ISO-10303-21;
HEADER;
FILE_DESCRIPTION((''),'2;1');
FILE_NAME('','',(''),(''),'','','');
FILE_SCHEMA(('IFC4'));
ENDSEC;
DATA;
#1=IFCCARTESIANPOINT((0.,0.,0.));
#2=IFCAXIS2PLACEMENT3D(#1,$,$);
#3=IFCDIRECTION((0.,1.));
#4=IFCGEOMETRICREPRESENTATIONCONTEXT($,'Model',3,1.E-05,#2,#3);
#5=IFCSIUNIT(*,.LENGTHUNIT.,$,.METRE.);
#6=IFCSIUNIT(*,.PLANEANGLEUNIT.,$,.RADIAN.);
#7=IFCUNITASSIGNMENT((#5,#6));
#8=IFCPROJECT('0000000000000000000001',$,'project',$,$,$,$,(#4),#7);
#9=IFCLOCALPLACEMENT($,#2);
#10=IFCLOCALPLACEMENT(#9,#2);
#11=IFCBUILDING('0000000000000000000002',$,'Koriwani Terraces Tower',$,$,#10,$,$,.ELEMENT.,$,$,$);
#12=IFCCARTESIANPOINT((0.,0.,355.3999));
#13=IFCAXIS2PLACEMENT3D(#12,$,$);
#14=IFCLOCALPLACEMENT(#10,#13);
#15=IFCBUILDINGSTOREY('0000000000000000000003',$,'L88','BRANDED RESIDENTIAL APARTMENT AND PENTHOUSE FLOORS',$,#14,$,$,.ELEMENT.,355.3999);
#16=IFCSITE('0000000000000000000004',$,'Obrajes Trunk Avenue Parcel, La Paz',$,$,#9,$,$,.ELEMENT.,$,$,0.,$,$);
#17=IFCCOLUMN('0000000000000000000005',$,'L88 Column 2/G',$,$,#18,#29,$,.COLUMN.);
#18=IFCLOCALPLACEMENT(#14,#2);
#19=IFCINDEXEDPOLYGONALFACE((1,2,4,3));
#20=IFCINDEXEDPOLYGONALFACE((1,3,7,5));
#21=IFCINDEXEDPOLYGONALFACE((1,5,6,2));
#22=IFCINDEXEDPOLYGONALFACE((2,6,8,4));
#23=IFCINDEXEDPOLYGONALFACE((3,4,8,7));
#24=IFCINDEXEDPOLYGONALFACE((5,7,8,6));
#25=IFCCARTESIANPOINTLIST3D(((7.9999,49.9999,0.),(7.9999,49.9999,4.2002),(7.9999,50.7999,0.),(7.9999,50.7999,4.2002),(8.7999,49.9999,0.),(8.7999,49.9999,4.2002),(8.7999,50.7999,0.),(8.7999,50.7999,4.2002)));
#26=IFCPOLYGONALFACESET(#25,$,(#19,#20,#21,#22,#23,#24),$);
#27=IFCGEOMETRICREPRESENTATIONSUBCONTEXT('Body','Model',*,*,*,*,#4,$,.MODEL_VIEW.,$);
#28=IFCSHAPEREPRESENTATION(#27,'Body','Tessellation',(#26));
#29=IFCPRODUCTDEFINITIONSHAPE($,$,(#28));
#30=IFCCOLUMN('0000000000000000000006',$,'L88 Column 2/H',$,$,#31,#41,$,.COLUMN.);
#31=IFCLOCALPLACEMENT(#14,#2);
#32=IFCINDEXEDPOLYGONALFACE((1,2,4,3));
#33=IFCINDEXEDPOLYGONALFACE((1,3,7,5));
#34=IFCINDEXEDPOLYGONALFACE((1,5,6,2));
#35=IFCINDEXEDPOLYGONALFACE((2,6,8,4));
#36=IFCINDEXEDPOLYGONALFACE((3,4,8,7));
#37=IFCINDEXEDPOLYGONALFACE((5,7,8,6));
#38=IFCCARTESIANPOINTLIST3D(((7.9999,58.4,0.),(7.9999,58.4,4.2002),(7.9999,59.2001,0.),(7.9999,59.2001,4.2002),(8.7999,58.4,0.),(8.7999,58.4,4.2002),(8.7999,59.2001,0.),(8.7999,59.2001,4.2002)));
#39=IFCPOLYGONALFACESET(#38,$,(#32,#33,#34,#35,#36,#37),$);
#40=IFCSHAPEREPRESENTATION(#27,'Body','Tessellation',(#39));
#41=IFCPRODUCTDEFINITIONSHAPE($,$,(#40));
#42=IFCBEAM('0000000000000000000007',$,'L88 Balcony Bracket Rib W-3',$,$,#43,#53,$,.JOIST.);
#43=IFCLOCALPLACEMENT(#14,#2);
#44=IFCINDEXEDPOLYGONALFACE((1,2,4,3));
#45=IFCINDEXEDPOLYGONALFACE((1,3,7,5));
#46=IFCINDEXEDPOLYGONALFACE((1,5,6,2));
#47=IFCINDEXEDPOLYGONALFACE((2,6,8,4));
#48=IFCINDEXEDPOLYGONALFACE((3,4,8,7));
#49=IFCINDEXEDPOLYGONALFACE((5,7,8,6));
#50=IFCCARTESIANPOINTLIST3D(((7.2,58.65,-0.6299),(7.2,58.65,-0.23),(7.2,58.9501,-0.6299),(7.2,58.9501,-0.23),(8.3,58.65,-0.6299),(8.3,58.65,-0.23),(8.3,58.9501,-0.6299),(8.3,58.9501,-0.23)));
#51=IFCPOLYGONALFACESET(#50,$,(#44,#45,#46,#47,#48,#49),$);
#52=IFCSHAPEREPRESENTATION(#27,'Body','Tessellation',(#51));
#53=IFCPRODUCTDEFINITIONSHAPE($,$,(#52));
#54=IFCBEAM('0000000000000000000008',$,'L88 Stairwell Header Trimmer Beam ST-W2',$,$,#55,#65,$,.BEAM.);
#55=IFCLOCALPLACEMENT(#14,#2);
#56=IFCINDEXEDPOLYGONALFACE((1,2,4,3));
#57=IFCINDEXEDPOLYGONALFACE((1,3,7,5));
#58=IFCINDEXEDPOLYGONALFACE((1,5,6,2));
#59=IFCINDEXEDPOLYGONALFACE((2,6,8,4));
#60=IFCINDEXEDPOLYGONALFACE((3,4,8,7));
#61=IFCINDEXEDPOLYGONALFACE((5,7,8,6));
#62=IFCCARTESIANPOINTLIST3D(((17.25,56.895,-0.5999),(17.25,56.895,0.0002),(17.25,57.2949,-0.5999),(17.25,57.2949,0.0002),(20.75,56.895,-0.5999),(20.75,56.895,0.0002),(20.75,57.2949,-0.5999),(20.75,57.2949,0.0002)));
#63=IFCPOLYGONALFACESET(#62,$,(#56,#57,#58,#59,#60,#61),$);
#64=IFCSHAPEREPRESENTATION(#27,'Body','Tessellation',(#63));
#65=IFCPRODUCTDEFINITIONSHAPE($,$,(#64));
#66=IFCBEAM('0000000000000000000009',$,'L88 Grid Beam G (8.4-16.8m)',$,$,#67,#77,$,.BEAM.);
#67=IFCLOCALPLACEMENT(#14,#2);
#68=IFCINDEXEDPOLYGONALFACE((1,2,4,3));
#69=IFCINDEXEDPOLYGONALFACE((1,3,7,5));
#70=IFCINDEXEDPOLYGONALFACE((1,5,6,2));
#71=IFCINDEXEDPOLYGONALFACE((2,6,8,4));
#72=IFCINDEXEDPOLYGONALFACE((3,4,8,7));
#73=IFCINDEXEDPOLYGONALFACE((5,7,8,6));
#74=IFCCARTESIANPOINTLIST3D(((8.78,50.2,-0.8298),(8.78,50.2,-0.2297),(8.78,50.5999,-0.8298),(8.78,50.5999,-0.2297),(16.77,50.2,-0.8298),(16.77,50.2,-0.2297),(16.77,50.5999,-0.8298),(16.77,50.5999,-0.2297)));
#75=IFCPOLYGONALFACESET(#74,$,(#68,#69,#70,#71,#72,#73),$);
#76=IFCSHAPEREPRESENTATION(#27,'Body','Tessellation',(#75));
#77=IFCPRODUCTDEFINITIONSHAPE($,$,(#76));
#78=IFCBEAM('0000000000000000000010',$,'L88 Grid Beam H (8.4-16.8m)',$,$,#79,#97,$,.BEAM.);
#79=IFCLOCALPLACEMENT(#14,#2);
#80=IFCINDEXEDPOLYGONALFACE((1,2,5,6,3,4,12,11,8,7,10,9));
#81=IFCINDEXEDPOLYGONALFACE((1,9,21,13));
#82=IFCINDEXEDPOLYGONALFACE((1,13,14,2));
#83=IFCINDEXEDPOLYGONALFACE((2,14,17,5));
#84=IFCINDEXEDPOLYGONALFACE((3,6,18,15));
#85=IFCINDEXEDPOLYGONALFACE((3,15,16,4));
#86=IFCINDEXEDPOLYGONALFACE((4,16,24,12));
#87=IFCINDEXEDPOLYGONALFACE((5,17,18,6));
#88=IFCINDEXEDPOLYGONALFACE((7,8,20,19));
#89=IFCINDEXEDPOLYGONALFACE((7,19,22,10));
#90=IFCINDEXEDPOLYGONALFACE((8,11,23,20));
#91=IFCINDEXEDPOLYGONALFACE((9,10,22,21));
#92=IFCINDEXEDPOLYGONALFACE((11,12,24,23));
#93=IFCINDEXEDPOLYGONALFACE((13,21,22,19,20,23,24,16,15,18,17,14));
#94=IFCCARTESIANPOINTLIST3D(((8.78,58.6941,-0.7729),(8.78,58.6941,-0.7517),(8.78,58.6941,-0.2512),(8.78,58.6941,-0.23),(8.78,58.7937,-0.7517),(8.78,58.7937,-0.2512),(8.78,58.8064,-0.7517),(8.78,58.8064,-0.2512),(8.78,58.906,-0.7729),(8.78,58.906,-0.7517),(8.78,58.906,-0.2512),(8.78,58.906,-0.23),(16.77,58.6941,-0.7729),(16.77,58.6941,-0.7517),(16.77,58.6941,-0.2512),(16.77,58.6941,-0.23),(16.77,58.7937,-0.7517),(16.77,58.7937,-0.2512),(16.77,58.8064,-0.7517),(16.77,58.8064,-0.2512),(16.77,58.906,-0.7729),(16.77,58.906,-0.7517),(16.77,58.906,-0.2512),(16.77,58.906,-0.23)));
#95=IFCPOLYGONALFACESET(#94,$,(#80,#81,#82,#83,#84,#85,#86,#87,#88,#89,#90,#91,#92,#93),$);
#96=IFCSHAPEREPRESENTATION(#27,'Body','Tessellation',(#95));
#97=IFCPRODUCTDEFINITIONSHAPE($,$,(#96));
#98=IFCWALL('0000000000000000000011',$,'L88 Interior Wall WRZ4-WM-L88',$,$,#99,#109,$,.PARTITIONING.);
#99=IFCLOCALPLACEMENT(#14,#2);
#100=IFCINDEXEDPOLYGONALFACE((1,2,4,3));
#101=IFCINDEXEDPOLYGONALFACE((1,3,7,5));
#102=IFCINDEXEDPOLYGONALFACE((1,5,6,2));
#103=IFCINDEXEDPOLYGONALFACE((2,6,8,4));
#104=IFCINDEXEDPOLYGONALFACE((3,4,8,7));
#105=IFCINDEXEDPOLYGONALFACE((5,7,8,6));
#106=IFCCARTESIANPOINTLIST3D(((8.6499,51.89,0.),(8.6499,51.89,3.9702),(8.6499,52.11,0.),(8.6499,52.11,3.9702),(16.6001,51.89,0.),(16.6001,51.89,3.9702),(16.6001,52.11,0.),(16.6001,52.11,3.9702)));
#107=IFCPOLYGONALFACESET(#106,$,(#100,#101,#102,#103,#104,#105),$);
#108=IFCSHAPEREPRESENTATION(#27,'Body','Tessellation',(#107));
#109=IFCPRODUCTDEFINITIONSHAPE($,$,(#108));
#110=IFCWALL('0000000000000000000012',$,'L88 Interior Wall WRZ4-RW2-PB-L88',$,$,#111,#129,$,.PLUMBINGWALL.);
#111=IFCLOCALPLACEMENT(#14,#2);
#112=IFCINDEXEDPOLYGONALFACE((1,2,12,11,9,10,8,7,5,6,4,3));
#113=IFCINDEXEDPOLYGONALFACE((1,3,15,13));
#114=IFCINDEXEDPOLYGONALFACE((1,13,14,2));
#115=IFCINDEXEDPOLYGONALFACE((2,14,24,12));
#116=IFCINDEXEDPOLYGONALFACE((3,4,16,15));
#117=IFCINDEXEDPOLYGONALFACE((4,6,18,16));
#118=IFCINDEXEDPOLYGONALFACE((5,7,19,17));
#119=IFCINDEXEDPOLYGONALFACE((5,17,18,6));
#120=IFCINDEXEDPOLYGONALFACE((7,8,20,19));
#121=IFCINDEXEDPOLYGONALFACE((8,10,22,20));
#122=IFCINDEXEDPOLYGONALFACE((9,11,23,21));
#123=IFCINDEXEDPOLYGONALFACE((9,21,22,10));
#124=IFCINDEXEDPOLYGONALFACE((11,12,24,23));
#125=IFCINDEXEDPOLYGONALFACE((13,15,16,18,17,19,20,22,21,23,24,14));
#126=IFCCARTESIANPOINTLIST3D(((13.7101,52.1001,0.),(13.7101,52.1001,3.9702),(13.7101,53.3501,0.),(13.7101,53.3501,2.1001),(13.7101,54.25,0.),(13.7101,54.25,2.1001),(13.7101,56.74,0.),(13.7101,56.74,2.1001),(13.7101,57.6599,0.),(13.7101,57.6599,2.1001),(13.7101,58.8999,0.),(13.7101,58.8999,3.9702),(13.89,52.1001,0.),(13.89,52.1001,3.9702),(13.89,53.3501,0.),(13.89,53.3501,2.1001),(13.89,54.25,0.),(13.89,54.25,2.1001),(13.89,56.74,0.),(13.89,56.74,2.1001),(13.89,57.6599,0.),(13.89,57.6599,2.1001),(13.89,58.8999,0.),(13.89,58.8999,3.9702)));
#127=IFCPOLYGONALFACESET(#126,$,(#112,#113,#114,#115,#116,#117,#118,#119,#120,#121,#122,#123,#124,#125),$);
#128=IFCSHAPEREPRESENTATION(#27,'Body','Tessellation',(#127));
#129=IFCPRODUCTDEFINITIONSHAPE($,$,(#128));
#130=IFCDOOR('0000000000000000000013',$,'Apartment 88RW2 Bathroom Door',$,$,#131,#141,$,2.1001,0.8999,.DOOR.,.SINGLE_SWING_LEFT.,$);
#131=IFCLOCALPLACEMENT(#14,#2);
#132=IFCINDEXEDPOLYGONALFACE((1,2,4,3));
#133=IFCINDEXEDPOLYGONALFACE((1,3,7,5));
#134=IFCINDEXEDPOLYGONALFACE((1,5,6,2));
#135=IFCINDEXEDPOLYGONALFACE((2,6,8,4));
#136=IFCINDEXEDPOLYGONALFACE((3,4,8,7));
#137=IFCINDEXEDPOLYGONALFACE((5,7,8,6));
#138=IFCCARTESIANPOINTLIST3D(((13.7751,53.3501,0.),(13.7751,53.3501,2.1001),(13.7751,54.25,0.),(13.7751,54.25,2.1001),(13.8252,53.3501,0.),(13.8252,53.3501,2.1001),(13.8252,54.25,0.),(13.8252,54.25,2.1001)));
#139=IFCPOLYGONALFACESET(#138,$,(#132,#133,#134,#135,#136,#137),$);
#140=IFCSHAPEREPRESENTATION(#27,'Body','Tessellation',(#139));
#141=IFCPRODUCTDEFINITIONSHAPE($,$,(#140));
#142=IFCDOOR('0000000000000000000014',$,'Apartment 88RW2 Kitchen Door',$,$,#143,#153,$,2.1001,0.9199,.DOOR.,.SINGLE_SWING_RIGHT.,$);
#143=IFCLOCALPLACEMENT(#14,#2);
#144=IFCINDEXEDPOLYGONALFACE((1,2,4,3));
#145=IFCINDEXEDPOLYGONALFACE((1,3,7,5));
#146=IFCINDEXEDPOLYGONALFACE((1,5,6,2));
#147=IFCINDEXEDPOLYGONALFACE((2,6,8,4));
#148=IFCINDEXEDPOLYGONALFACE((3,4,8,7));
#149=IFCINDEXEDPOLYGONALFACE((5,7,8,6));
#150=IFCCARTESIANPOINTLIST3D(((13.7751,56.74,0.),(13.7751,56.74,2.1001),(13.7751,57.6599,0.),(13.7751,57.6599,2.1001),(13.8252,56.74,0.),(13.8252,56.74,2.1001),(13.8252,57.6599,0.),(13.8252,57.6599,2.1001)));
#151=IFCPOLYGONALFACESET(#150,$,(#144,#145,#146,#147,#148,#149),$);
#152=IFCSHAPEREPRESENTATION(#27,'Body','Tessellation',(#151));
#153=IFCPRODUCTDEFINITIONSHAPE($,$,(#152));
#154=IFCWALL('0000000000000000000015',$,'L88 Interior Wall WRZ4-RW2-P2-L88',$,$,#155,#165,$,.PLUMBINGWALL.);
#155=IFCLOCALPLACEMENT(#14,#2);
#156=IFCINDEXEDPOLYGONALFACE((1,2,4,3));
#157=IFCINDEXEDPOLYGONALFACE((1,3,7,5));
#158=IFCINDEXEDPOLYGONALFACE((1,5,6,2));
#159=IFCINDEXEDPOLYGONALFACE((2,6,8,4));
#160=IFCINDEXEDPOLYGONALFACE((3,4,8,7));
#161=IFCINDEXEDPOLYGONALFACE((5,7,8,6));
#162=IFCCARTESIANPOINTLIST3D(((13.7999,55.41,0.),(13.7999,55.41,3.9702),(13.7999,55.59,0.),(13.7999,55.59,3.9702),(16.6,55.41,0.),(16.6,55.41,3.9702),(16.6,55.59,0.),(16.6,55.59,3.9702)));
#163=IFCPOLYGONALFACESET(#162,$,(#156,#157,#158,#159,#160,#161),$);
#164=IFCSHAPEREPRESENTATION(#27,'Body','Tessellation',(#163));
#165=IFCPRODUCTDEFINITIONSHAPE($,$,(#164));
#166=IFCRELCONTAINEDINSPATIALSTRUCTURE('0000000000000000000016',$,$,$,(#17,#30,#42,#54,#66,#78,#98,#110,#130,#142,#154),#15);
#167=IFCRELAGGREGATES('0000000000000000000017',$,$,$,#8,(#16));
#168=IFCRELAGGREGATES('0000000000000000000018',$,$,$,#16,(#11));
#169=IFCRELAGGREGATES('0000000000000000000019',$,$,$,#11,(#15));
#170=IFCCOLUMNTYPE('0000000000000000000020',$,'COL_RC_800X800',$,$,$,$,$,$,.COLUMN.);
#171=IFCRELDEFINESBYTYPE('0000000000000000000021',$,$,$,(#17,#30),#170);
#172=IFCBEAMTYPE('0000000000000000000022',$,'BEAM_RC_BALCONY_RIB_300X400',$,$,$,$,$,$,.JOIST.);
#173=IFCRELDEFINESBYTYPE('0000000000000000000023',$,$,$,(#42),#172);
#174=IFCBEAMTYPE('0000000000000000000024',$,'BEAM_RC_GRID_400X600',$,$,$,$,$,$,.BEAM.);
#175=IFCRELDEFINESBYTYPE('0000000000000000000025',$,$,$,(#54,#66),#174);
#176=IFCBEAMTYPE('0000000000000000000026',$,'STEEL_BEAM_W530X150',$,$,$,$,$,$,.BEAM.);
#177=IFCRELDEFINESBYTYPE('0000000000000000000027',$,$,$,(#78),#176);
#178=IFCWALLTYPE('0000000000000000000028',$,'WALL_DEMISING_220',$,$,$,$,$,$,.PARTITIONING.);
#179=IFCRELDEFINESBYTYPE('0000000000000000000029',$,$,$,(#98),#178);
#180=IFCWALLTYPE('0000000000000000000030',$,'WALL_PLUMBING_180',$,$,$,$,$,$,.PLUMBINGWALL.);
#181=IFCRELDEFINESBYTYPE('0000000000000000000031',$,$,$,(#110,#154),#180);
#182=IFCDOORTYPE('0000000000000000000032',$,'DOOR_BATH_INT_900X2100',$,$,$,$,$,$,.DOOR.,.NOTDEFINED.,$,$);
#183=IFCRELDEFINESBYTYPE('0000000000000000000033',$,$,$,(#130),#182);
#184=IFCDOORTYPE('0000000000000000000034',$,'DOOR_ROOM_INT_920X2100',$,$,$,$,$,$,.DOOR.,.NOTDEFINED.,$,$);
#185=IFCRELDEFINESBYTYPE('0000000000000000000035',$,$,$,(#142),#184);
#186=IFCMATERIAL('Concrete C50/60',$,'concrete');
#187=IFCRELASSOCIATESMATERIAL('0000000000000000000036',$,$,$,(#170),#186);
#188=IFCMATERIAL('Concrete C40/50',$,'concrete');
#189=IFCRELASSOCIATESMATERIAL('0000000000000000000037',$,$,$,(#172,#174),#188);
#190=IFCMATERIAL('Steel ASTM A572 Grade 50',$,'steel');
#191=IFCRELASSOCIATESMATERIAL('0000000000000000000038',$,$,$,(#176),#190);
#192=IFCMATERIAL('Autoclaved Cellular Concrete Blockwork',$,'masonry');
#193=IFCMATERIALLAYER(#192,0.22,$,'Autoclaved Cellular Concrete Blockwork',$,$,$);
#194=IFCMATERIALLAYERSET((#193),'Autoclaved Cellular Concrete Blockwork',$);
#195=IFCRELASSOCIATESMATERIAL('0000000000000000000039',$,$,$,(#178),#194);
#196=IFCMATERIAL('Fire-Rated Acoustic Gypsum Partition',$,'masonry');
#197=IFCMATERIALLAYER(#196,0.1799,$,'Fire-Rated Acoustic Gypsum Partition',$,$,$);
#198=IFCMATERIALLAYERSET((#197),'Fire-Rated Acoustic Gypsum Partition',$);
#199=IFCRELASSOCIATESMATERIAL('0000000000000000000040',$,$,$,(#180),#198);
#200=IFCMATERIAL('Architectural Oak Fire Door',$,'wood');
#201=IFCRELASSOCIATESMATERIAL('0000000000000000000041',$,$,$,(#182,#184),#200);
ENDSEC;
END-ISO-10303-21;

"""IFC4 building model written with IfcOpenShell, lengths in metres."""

from ifc_helpers import new_model, si_unit, direction, frame, frame_2d, origin, origin_2d, place, context, subcontext, project, spatial, rectangle, i_section, extrude, material, layer, layer_set, material_profile, profile_set, type_object, element, fill, save


model = new_model("IFC4")

# Units and contexts
model_context = context("Model", 3, precision=1e-05, world=origin(), true_north=direction((0.0, 1.0)))
body_context = subcontext(model_context, "Body", "Model", "MODEL_VIEW")
ifc_project = project(units=[si_unit("LENGTHUNIT", "METRE"), si_unit("PLANEANGLEUNIT", "RADIAN")], contexts=[model_context])

# Site, building, storey
site_placement = place(None, origin())
site = spatial("IfcSite", under=ifc_project, at=site_placement, Name="Obrajes Trunk Avenue Parcel, La Paz", CompositionType="ELEMENT", RefElevation=0.0)
building_placement = place(site_placement, origin())
building = spatial("IfcBuilding", under=site, at=building_placement, Name="Koriwani Terraces Tower", CompositionType="ELEMENT")
storey_placement = place(building_placement, frame((0.0, 0.0, 355.3999)))
storey = spatial("IfcBuildingStorey", under=building, at=storey_placement, Name="L88", Description="BRANDED RESIDENTIAL APARTMENT AND PENTHOUSE FLOORS", CompositionType="ELEMENT", Elevation=355.3999)

# Columns
ifc_material_1 = material(Name="Concrete C50/60", Category="concrete")
ifc_material_profile_1 = material_profile(ifc_material_1, rectangle(XDim=0.8, YDim=0.8, at=origin_2d()), Name="Concrete C50/60", Category="LoadBearing")
ifc_profile_set_1 = profile_set([ifc_material_profile_1], Name="Concrete C50/60")
column_type = type_object("IfcColumnType", Name="COL_RC_800X800", PredefinedType="COLUMN", material=ifc_profile_set_1)
for number, where, z_axis, x_axis, name in (
    (1, (8.3999, 50.3999, 0.0), (0.0, 0.0, 1.0), (1.0, 0.0, 0.0), "L88 Column 2/G"),
    (2, (8.3999, 58.8, 0.0), (0.0, 0.0, 1.0), (1.0, 0.0, 0.0), "L88 Column 2/H"),
):
    element("IfcColumn", number, at=place(storey_placement, frame(where, z_axis=z_axis, x_axis=x_axis)), inside=storey, type_object=column_type, Name=name, PredefinedType="COLUMN", context=body_context, shape_type="SweptSolid", body=[
        extrude(rectangle(XDim=0.8, YDim=0.8, at=origin_2d()), origin(), (0.0, 0.0, 1.0), 4.2002),
    ])

# Beams
ifc_material_2 = material(Name="Concrete C40/50", Category="concrete")
ifc_material_profile_2 = material_profile(ifc_material_2, rectangle(XDim=0.3, YDim=0.3999, at=origin_2d()), Name="Concrete C40/50", Category="LoadBearing")
ifc_profile_set_2 = profile_set([ifc_material_profile_2], Name="Concrete C40/50")
beam_type_1 = type_object("IfcBeamType", Name="BEAM_RC_BALCONY_RIB_300X400", PredefinedType="JOIST", material=ifc_profile_set_2)
beam_1_placement = place(storey_placement, frame((7.2, 58.8, -0.4299), z_axis=(1.0, 0.0, 0.0), x_axis=(0.0, 1.0, 0.0)))
element("IfcBeam", 3, at=beam_1_placement, inside=storey, type_object=beam_type_1, Name="L88 Balcony Bracket Rib W-3", PredefinedType="JOIST", context=body_context, shape_type="SweptSolid", body=[
    extrude(rectangle(XDim=0.3, YDim=0.3999, at=origin_2d()), origin(), (0.0, 0.0, 1.0), 1.1001),
])
ifc_material_profile_3 = material_profile(ifc_material_2, rectangle(XDim=0.3999, YDim=0.6001, at=origin_2d()), Name="Concrete C40/50", Category="LoadBearing")
ifc_profile_set_3 = profile_set([ifc_material_profile_3], Name="Concrete C40/50")
beam_type_2 = type_object("IfcBeamType", Name="BEAM_RC_GRID_400X600", PredefinedType="BEAM", material=ifc_profile_set_3)
beam_2_placement = place(storey_placement, frame((17.25, 57.095, -0.2998), z_axis=(1.0, 0.0, 0.0), x_axis=(0.0, 1.0, 0.0)))
element("IfcBeam", 4, at=beam_2_placement, inside=storey, type_object=beam_type_2, Name="L88 Stairwell Header Trimmer Beam ST-W2", PredefinedType="BEAM", context=body_context, shape_type="SweptSolid", body=[
    extrude(rectangle(XDim=0.3999, YDim=0.6001, at=origin_2d()), origin(), (0.0, 0.0, 1.0), 3.5),
])
beam_3_placement = place(storey_placement, frame((8.78, 50.3999, -0.5298), z_axis=(1.0, 0.0, 0.0), x_axis=(0.0, 1.0, 0.0)))
element("IfcBeam", 5, at=beam_3_placement, inside=storey, type_object=beam_type_2, Name="L88 Grid Beam G (8.4-16.8m)", PredefinedType="BEAM", context=body_context, shape_type="SweptSolid", body=[
    extrude(rectangle(XDim=0.3999, YDim=0.6001, at=origin_2d()), origin(), (0.0, 0.0, 1.0), 7.99),
])
ifc_material_3 = material(Name="Steel ASTM A572 Grade 50", Category="steel")
ifc_material_profile_4 = material_profile(ifc_material_3, i_section(OverallWidth=0.2119, OverallDepth=0.543, WebThickness=0.0127, FlangeThickness=0.0212, at=origin_2d()), Name="Steel ASTM A572 Grade 50", Category="LoadBearing")
ifc_profile_set_4 = profile_set([ifc_material_profile_4], Name="Steel ASTM A572 Grade 50")
beam_type_3 = type_object("IfcBeamType", Name="STEEL_BEAM_W530X150", PredefinedType="BEAM", material=ifc_profile_set_4)
beam_4_placement = place(storey_placement, frame((8.78, 58.8, -0.5015), z_axis=(1.0, 0.0, 0.0), x_axis=(0.0, 1.0, 0.0)))
element("IfcBeam", 6, at=beam_4_placement, inside=storey, type_object=beam_type_3, Name="L88 Grid Beam H (8.4-16.8m)", PredefinedType="BEAM", context=body_context, shape_type="SweptSolid", body=[
    extrude(i_section(OverallWidth=0.2119, OverallDepth=0.543, WebThickness=0.0127, FlangeThickness=0.0212, at=origin_2d()), origin(), (0.0, 0.0, 1.0), 7.99),
])

# Wall
ifc_material_4 = material(Name="Autoclaved Cellular Concrete Blockwork", Category="masonry")
ifc_layer_1 = layer(ifc_material_4, 0.22, Name="Autoclaved Cellular Concrete Blockwork")
ifc_layer_set_1 = layer_set([ifc_layer_1], Name="Autoclaved Cellular Concrete Blockwork")
wall_type_1 = type_object("IfcWallType", Name="WALL_DEMISING_220", PredefinedType="PARTITIONING", material=ifc_layer_set_1)
wall_1_placement = place(storey_placement, frame((8.6499, 52.0, 0.0), z_axis=(0.0, 0.0, 1.0), x_axis=(1.0, 0.0, 0.0)))
element("IfcWall", 7, at=wall_1_placement, inside=storey, type_object=wall_type_1, Name="L88 Interior Wall WRZ4-WM-L88", PredefinedType="PARTITIONING", context=body_context, shape_type="SweptSolid", body=[
    extrude(rectangle(XDim=7.9502, YDim=0.22, at=frame_2d((3.9751, 0.0))), origin(), (0.0, 0.0, 1.0), 3.9702),
])

# Wall, openings, doors
ifc_material_5 = material(Name="Fire-Rated Acoustic Gypsum Partition", Category="masonry")
ifc_layer_2 = layer(ifc_material_5, 0.1799, Name="Fire-Rated Acoustic Gypsum Partition")
ifc_layer_set_2 = layer_set([ifc_layer_2], Name="Fire-Rated Acoustic Gypsum Partition")
wall_type_2 = type_object("IfcWallType", Name="WALL_PLUMBING_180", PredefinedType="PLUMBINGWALL", material=ifc_layer_set_2)
wall_2_placement = place(storey_placement, frame((13.8, 52.1001, 0.0), z_axis=(0.0, 0.0, 1.0), x_axis=(0.0, 1.0, 0.0)))
wall_2 = element("IfcWall", 8, at=wall_2_placement, inside=storey, type_object=wall_type_2, Name="L88 Interior Wall WRZ4-RW2-PB-L88", PredefinedType="PLUMBINGWALL", context=body_context, shape_type="SweptSolid", body=[
    extrude(rectangle(XDim=6.7998, YDim=0.1799, at=frame_2d((3.3999, 0.0))), origin(), (0.0, 0.0, 1.0), 3.9702),
])
opening_1_placement = place(wall_2_placement, frame((1.25, 0.0, 0.0)))
opening_1 = element("IfcOpeningElement", 9, at=opening_1_placement, cuts=wall_2, PredefinedType="OPENING", context=body_context, shape_type="SweptSolid", body=[
    extrude(rectangle(XDim=0.8999, YDim=2.1001, at=frame_2d((0.45, 1.05))), frame((0.0, 0.1001, 0.0), z_axis=(0.0, -1.0, 0.0), x_axis=(1.0, 0.0, 0.0)), (0.0, 0.0, 1.0), 0.2),
])
opening_2_placement = place(wall_2_placement, frame((4.6399, 0.0, 0.0)))
opening_2 = element("IfcOpeningElement", 10, at=opening_2_placement, cuts=wall_2, PredefinedType="OPENING", context=body_context, shape_type="SweptSolid", body=[
    extrude(rectangle(XDim=0.9199, YDim=2.1001, at=frame_2d((0.46, 1.05))), frame((0.0, 0.1001, 0.0), z_axis=(0.0, -1.0, 0.0), x_axis=(1.0, 0.0, 0.0)), (0.0, 0.0, 1.0), 0.2),
])
ifc_material_6 = material(Name="Architectural Oak Fire Door", Category="wood")
door_type_1 = type_object("IfcDoorType", Name="DOOR_BATH_INT_900X2100", OperationType="NOTDEFINED", PredefinedType="DOOR", material=ifc_material_6)
door_1_placement = place(opening_1_placement, origin())
door_1 = element("IfcDoor", 11, at=door_1_placement, inside=storey, type_object=door_type_1, Name="Apartment 88RW2 Bathroom Door", OperationType="SINGLE_SWING_LEFT", OverallHeight=2.1001, OverallWidth=0.8999, PredefinedType="DOOR", context=body_context, shape_type="SweptSolid", body=[
    extrude(rectangle(XDim=0.8999, YDim=2.1001, at=frame_2d((0.45, 1.05))), frame((0.0, 0.0249, 0.0), z_axis=(0.0, -1.0, 0.0), x_axis=(1.0, 0.0, 0.0)), (0.0, 0.0, 1.0), 0.05),
])
fill(opening_1, door_1)
door_type_2 = type_object("IfcDoorType", Name="DOOR_ROOM_INT_920X2100", OperationType="NOTDEFINED", PredefinedType="DOOR", material=ifc_material_6)
door_2_placement = place(opening_2_placement, origin())
door_2 = element("IfcDoor", 12, at=door_2_placement, inside=storey, type_object=door_type_2, Name="Apartment 88RW2 Kitchen Door", OperationType="SINGLE_SWING_RIGHT", OverallHeight=2.1001, OverallWidth=0.9199, PredefinedType="DOOR", context=body_context, shape_type="SweptSolid", body=[
    extrude(rectangle(XDim=0.9199, YDim=2.1001, at=frame_2d((0.46, 1.05))), frame((0.0, 0.0249, 0.0), z_axis=(0.0, -1.0, 0.0), x_axis=(1.0, 0.0, 0.0)), (0.0, 0.0, 1.0), 0.05),
])
fill(opening_2, door_2)

# Wall
wall_3_placement = place(storey_placement, frame((13.8, 55.5, 0.0), z_axis=(0.0, 0.0, 1.0), x_axis=(1.0, 0.0, 0.0)))
element("IfcWall", 13, at=wall_3_placement, inside=storey, type_object=wall_type_2, Name="L88 Interior Wall WRZ4-RW2-P2-L88", PredefinedType="PLUMBINGWALL", context=body_context, shape_type="SweptSolid", body=[
    extrude(rectangle(XDim=2.8, YDim=0.1799, at=frame_2d((1.3999, 0.0))), origin(), (0.0, 0.0, 1.0), 3.9702),
])

save(model, "model.ifc")
